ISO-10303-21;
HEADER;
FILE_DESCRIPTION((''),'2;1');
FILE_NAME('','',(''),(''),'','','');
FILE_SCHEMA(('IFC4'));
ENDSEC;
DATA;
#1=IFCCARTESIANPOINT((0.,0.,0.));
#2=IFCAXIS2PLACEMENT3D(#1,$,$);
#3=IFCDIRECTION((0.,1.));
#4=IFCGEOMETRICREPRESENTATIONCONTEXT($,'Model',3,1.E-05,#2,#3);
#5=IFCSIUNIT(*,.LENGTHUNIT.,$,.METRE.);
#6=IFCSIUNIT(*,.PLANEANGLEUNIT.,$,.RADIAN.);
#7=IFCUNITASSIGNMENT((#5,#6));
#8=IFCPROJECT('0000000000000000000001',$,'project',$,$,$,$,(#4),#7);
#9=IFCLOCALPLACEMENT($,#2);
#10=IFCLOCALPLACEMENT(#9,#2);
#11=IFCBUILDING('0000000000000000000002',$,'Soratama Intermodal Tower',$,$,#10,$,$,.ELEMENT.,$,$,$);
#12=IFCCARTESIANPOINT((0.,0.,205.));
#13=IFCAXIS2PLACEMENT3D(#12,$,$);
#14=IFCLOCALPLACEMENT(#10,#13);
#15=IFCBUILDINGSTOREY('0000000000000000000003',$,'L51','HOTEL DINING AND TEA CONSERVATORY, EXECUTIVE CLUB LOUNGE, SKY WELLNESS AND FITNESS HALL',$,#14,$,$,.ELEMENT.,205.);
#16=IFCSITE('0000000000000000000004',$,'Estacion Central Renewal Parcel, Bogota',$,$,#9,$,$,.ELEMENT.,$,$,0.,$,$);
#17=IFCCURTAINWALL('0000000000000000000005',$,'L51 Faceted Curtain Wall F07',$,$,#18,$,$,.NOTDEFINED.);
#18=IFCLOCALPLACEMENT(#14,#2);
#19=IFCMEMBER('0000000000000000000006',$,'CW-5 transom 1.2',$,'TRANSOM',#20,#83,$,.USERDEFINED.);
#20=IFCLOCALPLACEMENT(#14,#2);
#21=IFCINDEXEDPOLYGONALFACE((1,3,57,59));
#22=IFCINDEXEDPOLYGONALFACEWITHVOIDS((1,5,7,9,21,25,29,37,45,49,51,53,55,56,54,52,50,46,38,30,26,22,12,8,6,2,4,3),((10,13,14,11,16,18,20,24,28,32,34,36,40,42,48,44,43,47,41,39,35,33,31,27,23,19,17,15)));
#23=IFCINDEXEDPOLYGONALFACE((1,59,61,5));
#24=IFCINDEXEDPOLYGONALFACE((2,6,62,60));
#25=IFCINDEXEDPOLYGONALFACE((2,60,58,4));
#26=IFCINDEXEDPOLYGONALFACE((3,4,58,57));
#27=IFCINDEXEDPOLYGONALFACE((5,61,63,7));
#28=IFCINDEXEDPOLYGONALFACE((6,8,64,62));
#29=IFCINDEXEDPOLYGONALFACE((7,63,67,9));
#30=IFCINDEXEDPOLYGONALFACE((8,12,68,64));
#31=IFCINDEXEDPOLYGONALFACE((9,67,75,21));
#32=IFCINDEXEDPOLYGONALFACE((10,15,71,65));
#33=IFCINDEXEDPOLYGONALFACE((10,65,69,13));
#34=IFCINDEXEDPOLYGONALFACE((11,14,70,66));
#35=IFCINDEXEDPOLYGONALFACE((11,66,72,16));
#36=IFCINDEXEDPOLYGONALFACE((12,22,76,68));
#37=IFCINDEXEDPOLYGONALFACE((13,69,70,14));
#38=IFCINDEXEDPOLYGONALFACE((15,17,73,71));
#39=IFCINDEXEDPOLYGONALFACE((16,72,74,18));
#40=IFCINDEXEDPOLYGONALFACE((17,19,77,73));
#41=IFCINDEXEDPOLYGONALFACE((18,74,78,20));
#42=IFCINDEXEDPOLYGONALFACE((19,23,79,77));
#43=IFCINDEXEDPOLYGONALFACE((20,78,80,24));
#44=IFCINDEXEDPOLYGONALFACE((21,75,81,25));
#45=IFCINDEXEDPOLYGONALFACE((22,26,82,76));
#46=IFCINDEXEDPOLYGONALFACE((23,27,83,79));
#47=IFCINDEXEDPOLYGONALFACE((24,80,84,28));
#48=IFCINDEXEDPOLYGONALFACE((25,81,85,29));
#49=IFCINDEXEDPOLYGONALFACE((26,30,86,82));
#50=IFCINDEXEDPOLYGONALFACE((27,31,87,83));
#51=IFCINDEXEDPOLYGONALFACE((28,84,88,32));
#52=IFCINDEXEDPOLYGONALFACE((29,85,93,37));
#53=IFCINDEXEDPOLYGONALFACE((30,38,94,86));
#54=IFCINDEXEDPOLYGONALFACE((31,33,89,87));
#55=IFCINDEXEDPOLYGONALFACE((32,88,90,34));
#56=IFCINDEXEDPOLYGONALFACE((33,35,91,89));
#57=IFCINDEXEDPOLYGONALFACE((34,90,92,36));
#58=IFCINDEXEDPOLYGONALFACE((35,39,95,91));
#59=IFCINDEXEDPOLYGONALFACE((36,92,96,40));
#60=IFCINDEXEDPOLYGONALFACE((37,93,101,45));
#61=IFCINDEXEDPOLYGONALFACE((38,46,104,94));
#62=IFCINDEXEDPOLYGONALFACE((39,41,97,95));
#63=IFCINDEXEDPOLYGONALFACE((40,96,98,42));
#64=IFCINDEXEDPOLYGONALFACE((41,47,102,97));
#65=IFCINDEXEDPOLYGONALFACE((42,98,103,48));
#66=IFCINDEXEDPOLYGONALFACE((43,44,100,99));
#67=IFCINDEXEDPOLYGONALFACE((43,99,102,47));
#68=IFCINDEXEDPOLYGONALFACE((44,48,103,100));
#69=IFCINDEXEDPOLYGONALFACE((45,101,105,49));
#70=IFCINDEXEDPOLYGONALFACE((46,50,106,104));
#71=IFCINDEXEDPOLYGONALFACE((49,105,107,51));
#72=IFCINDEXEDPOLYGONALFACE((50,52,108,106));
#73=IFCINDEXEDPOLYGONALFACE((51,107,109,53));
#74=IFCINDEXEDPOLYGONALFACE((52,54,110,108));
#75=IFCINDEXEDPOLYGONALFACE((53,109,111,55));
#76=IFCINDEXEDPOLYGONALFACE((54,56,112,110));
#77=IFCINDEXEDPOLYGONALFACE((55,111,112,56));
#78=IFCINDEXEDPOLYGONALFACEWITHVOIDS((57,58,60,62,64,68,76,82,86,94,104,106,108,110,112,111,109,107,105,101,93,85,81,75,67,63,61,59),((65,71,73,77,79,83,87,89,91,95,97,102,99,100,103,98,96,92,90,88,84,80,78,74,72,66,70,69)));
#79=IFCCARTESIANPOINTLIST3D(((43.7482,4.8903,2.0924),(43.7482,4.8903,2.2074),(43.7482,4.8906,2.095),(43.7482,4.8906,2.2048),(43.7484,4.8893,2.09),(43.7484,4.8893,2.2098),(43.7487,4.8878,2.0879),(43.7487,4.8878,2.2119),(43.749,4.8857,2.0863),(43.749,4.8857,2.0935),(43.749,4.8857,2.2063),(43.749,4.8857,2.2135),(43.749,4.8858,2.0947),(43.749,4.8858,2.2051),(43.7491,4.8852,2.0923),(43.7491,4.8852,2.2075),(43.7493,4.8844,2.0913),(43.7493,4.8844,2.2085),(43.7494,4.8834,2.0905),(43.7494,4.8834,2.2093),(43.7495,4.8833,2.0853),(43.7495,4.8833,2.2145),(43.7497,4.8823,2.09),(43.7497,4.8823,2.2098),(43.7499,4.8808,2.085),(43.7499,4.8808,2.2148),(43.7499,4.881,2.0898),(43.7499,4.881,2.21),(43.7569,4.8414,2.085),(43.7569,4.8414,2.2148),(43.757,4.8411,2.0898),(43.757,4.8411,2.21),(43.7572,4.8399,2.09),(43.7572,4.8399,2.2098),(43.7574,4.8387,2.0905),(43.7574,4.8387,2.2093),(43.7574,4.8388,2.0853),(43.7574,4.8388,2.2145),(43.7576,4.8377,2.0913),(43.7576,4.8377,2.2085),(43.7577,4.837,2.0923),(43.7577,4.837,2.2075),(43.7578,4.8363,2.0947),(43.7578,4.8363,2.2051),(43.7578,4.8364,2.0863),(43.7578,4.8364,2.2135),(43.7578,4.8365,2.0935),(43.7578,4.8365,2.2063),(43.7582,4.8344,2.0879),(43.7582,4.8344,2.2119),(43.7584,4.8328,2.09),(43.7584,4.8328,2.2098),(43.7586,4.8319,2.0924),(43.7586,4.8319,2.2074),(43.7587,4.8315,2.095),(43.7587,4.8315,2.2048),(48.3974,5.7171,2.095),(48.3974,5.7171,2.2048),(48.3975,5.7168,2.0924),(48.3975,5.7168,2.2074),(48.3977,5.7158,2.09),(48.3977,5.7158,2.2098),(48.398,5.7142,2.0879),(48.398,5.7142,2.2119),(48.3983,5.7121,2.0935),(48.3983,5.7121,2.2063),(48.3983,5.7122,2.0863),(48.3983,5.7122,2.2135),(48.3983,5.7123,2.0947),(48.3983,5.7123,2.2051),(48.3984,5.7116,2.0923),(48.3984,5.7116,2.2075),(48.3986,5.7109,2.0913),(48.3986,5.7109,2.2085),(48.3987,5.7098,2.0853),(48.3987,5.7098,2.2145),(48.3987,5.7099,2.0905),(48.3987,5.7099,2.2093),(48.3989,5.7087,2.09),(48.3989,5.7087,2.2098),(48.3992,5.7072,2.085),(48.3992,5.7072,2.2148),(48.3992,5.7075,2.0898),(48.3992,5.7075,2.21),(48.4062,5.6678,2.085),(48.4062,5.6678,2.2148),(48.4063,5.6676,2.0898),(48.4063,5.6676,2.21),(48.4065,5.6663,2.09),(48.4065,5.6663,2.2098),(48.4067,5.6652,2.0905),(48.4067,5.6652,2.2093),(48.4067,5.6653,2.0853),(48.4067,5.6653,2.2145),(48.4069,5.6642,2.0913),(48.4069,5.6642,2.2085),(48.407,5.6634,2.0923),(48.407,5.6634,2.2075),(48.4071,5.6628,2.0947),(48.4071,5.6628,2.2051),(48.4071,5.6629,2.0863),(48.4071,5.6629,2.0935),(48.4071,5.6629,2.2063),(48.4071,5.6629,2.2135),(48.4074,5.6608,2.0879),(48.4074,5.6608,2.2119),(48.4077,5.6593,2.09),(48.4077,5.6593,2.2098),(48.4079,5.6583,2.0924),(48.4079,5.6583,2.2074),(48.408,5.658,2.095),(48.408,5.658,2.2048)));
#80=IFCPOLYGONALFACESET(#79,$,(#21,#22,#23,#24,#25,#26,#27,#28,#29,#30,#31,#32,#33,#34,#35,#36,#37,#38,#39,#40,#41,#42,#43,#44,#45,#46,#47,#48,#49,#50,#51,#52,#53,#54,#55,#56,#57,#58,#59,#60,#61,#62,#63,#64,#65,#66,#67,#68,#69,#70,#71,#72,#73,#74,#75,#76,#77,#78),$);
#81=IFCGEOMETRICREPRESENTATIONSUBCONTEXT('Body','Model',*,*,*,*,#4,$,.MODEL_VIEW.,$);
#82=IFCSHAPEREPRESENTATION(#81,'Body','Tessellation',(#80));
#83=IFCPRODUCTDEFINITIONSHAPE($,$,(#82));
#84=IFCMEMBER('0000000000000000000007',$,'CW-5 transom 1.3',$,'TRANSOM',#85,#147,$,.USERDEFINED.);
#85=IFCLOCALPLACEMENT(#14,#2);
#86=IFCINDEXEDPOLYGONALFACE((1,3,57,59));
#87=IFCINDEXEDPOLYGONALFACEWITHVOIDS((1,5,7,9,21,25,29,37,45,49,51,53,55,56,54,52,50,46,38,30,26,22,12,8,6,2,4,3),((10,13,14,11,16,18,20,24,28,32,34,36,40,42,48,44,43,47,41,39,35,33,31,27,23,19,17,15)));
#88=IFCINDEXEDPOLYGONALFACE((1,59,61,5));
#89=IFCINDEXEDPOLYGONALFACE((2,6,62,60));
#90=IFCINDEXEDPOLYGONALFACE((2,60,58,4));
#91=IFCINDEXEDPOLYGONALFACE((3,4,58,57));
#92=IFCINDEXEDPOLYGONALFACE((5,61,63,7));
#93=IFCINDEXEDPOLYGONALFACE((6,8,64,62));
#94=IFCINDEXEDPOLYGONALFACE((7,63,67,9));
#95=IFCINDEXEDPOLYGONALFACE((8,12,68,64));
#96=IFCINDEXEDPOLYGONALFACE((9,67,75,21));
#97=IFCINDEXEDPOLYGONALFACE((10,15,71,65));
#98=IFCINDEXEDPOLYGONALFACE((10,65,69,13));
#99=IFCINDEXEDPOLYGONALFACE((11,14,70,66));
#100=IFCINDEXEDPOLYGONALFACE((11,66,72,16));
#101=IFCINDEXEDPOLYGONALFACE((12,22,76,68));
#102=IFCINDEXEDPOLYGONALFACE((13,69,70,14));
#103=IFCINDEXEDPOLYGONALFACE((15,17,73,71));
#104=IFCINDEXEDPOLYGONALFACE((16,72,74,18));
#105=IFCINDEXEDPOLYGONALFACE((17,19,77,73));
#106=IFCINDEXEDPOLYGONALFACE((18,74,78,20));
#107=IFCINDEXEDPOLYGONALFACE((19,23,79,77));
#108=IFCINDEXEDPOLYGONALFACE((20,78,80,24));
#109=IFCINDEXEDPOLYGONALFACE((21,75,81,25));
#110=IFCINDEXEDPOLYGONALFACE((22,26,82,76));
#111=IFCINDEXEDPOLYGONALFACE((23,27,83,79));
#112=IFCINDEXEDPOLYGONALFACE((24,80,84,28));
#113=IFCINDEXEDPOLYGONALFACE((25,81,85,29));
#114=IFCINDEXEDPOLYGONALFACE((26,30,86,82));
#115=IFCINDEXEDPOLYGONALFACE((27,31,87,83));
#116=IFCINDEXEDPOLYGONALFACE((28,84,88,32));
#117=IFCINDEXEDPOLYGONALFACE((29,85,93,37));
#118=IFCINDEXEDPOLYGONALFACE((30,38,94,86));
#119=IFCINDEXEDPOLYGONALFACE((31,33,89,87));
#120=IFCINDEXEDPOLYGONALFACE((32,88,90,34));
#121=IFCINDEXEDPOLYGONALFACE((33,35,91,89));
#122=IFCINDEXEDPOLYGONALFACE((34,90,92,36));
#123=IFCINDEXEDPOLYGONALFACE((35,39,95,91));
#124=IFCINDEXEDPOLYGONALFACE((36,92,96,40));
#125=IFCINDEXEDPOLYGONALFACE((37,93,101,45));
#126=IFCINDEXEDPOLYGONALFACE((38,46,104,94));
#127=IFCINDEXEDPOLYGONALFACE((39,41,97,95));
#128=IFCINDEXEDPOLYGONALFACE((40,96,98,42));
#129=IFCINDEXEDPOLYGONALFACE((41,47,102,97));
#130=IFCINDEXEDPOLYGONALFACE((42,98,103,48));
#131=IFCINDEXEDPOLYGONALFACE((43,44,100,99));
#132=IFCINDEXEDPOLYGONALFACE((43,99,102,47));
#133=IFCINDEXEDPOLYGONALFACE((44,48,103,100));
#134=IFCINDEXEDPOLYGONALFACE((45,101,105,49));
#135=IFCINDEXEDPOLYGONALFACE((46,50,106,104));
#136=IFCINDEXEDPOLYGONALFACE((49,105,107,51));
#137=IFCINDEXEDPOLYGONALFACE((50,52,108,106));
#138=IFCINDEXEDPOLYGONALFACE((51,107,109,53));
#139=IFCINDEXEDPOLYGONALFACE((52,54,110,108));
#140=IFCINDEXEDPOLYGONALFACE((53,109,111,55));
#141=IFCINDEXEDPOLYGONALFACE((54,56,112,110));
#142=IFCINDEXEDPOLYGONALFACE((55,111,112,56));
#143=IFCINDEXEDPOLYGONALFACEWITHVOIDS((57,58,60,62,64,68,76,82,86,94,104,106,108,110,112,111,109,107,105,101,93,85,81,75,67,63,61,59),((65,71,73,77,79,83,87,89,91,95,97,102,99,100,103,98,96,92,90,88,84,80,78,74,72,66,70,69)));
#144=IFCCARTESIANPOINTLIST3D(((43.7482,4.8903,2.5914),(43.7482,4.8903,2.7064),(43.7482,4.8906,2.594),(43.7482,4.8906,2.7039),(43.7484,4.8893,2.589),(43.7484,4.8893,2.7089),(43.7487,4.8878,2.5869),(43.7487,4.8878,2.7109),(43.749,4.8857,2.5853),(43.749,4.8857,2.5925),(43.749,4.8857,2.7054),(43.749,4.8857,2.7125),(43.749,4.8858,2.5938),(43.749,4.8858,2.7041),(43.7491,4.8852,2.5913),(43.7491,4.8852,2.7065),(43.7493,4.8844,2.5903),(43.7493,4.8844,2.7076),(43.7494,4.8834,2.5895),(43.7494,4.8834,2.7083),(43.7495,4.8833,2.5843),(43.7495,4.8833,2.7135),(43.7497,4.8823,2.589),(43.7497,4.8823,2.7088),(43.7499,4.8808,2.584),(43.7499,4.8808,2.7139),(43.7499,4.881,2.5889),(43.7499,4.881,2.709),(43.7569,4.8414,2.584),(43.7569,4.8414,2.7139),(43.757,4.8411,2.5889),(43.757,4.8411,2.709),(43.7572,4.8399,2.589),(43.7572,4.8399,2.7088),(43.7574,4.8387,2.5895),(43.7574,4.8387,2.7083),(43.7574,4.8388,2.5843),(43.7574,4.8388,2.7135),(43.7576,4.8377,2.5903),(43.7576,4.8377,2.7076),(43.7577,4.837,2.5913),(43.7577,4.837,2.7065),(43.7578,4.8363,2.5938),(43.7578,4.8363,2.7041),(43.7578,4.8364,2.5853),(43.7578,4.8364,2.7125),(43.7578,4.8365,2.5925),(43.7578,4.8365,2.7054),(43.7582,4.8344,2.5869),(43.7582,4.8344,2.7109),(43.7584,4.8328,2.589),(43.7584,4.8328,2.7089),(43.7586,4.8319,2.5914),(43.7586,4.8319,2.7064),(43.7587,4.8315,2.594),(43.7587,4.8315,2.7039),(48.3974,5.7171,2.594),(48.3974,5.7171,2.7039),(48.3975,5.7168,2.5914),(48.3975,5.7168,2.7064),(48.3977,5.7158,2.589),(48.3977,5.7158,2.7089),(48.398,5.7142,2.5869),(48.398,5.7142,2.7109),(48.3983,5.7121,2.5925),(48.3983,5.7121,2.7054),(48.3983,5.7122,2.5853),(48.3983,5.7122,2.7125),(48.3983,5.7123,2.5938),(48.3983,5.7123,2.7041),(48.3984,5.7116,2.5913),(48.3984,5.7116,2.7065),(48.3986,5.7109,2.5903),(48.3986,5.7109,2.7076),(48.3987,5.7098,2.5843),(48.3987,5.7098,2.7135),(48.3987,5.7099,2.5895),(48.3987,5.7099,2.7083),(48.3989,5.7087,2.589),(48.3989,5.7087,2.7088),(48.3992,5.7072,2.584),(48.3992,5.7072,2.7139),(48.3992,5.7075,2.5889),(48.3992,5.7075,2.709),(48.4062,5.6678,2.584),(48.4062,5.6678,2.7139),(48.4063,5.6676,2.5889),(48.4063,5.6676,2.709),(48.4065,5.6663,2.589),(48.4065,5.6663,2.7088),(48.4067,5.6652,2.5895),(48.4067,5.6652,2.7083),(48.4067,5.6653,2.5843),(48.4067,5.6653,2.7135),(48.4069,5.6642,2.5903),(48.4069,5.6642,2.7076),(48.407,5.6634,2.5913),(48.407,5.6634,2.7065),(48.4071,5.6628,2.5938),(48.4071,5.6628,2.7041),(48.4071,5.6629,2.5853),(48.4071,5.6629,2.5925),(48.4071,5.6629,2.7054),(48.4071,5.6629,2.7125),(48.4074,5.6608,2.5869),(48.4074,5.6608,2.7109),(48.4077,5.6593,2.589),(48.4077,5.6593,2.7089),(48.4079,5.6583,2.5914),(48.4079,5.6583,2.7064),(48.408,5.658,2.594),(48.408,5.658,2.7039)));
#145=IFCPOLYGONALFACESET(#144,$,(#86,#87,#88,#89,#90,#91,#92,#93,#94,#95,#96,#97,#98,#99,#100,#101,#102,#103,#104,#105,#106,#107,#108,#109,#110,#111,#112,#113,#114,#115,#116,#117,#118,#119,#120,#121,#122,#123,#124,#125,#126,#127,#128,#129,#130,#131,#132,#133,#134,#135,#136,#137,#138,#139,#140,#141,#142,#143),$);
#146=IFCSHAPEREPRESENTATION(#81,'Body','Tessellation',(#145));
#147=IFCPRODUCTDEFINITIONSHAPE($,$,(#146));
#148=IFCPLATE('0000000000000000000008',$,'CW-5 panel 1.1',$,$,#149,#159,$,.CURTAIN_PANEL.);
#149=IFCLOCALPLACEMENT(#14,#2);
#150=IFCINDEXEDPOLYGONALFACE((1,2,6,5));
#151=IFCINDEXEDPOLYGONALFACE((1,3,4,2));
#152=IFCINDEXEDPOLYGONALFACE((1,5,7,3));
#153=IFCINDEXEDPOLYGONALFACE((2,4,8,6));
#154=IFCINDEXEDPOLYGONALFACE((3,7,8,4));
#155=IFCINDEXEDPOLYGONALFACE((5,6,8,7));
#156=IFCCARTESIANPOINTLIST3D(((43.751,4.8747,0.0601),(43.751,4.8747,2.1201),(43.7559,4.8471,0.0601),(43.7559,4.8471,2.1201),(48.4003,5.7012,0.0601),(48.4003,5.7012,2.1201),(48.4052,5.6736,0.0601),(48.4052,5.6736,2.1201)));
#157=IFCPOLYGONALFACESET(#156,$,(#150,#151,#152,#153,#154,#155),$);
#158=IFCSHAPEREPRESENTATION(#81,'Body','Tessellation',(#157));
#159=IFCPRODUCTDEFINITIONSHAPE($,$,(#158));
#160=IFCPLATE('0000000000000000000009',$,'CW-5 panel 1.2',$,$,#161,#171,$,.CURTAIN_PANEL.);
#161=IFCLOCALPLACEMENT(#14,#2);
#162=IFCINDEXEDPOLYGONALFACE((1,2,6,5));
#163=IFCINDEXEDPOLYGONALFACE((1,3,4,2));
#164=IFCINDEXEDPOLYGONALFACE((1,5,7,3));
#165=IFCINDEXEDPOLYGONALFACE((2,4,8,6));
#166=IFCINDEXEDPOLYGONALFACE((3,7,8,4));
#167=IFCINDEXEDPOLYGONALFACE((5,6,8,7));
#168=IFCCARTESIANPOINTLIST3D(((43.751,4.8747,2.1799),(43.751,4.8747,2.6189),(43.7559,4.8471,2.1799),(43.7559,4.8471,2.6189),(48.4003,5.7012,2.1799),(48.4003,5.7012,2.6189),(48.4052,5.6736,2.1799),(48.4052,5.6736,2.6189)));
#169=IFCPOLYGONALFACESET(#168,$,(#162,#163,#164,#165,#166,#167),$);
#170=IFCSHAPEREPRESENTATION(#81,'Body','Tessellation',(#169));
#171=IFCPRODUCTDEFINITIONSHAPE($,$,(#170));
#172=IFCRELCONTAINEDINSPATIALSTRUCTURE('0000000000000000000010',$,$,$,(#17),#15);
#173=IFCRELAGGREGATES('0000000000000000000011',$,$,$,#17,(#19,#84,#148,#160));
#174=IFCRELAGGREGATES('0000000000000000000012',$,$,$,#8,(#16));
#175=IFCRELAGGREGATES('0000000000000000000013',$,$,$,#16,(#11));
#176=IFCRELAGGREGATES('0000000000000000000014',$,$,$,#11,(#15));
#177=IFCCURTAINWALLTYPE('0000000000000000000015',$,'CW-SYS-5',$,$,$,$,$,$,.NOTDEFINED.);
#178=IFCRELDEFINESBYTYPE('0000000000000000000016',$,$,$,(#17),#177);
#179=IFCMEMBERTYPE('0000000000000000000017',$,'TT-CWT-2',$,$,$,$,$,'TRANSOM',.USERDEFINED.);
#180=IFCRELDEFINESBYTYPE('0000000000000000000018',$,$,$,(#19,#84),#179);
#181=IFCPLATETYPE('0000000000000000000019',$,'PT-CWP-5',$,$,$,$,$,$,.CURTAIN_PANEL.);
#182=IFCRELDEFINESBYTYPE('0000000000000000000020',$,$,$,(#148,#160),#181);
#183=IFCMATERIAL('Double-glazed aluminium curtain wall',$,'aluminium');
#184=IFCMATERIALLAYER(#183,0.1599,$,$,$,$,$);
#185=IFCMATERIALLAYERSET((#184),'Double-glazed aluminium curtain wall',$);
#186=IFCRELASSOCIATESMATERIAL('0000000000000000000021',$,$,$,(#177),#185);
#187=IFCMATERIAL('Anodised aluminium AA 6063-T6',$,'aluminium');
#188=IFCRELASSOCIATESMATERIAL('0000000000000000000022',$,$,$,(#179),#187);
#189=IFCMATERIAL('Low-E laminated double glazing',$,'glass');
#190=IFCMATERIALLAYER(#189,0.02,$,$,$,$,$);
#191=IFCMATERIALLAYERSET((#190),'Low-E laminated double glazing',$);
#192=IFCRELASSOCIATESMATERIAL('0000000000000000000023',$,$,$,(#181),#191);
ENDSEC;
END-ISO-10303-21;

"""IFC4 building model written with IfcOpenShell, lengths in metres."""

from ifc_helpers import new_model, si_unit, direction, frame, origin, origin_2d, place, context, subcontext, project, spatial, rectangle, hollow_rectangle, extrude, material, layer, layer_set, material_profile, profile_set, type_object, element, aggregate, save


model = new_model("IFC4")

# Units and contexts
model_context = context("Model", 3, precision=1e-05, world=origin(), true_north=direction((0.0, 1.0)))
body_context = subcontext(model_context, "Body", "Model", "MODEL_VIEW")
ifc_project = project(units=[si_unit("LENGTHUNIT", "METRE"), si_unit("PLANEANGLEUNIT", "RADIAN")], contexts=[model_context])

# Site, building, storey
site_placement = place(None, origin())
site = spatial("IfcSite", under=ifc_project, at=site_placement, Name="Estacion Central Renewal Parcel, Bogota", CompositionType="ELEMENT", RefElevation=0.0)
building_placement = place(site_placement, origin())
building = spatial("IfcBuilding", under=site, at=building_placement, Name="Soratama Intermodal Tower", CompositionType="ELEMENT")
storey_placement = place(building_placement, frame((0.0, 0.0, 205.0)))
storey = spatial("IfcBuildingStorey", under=building, at=storey_placement, Name="L51", Description="HOTEL DINING AND TEA CONSERVATORY, EXECUTIVE CLUB LOUNGE, SKY WELLNESS AND FITNESS HALL", CompositionType="ELEMENT", Elevation=205.0)

# Shared definitions
ifc_material_1 = material(Name="Double-glazed aluminium curtain wall", Category="aluminium")
ifc_layer_1 = layer(ifc_material_1, 0.1599)
ifc_layer_set_1 = layer_set([ifc_layer_1], Name="Double-glazed aluminium curtain wall")
curtain_wall_type = type_object("IfcCurtainWallType", Name="CW-SYS-5", PredefinedType="NOTDEFINED", material=ifc_layer_set_1)

# Curtain wall, members, plates
curtain_wall_1_placement = place(storey_placement, origin())
curtain_wall_1 = element("IfcCurtainWall", 1, at=curtain_wall_1_placement, inside=storey, type_object=curtain_wall_type, Name="L51 Faceted Curtain Wall F07", PredefinedType="NOTDEFINED")
ifc_material_2 = material(Name="Anodised aluminium AA 6063-T6", Category="aluminium")
ifc_material_profile_1 = material_profile(ifc_material_2, hollow_rectangle(XDim=0.0601, YDim=0.1299, WallThickness=0.0049, InnerFilletRadius=0.0049, OuterFilletRadius=0.01, at=origin_2d()), Name="CWT130X60X5")
ifc_profile_set_1 = profile_set([ifc_material_profile_1], Name="Anodised aluminium AA 6063-T6")
member_type_1 = type_object("IfcMemberType", Name="TT-CWT-2", ElementType="TRANSOM", PredefinedType="USERDEFINED", material=ifc_profile_set_1)
member_1_placement = place(storey_placement, frame((43.7534, 4.8611, 2.1499), z_axis=(0.984566, 0.175012, 0.0), x_axis=(-0.175012, 0.984566, 0.0)))
member_1 = element("IfcMember", 2, at=member_1_placement, type_object=member_type_1, Name="CW-5 transom 1.2", ObjectType="TRANSOM", PredefinedType="USERDEFINED", context=body_context, shape_type="SweptSolid", body=[
    extrude(hollow_rectangle(XDim=0.0601, YDim=0.1299, WallThickness=0.0049, InnerFilletRadius=0.0049, OuterFilletRadius=0.01, at=origin_2d()), origin(), (0.0, 0.0, 1.0), 4.7222),
])
member_2_placement = place(storey_placement, frame((43.7534, 4.8611, 2.6489), z_axis=(0.984566, 0.175012, 0.0), x_axis=(-0.175012, 0.984566, 0.0)))
member_2 = element("IfcMember", 3, at=member_2_placement, type_object=member_type_1, Name="CW-5 transom 1.3", ObjectType="TRANSOM", PredefinedType="USERDEFINED", context=body_context, shape_type="SweptSolid", body=[
    extrude(hollow_rectangle(XDim=0.0601, YDim=0.1299, WallThickness=0.0049, InnerFilletRadius=0.0049, OuterFilletRadius=0.01, at=origin_2d()), origin(), (0.0, 0.0, 1.0), 4.7222),
])
ifc_material_3 = material(Name="Low-E laminated double glazing", Category="glass")
ifc_layer_2 = layer(ifc_material_3, 0.02)
ifc_layer_set_2 = layer_set([ifc_layer_2], Name="Low-E laminated double glazing")
plate_type = type_object("IfcPlateType", Name="PT-CWP-5", PredefinedType="CURTAIN_PANEL", material=ifc_layer_set_2)
plate_1_placement = place(storey_placement, frame((46.0781, 5.2742, 0.0601), z_axis=(0.0, 0.0, 1.0), x_axis=(0.984563, 0.175028, 0.0)))
plate_1 = element("IfcPlate", 4, at=plate_1_placement, type_object=plate_type, Name="CW-5 panel 1.1", PredefinedType="CURTAIN_PANEL", context=body_context, shape_type="SweptSolid", body=[
    extrude(rectangle(XDim=4.7222, YDim=0.0281, at=origin_2d()), origin(), (0.0, 0.0, 1.0), 2.0601),
])
plate_2_placement = place(storey_placement, frame((46.0781, 5.2742, 2.1799), z_axis=(0.0, 0.0, 1.0), x_axis=(0.984563, 0.175028, 0.0)))
plate_2 = element("IfcPlate", 5, at=plate_2_placement, type_object=plate_type, Name="CW-5 panel 1.2", PredefinedType="CURTAIN_PANEL", context=body_context, shape_type="SweptSolid", body=[
    extrude(rectangle(XDim=4.7222, YDim=0.0281, at=origin_2d()), origin(), (0.0, 0.0, 1.0), 0.439),
])
aggregate(curtain_wall_1, [member_1, member_2, plate_1, plate_2])

save(model, "model.ifc")
